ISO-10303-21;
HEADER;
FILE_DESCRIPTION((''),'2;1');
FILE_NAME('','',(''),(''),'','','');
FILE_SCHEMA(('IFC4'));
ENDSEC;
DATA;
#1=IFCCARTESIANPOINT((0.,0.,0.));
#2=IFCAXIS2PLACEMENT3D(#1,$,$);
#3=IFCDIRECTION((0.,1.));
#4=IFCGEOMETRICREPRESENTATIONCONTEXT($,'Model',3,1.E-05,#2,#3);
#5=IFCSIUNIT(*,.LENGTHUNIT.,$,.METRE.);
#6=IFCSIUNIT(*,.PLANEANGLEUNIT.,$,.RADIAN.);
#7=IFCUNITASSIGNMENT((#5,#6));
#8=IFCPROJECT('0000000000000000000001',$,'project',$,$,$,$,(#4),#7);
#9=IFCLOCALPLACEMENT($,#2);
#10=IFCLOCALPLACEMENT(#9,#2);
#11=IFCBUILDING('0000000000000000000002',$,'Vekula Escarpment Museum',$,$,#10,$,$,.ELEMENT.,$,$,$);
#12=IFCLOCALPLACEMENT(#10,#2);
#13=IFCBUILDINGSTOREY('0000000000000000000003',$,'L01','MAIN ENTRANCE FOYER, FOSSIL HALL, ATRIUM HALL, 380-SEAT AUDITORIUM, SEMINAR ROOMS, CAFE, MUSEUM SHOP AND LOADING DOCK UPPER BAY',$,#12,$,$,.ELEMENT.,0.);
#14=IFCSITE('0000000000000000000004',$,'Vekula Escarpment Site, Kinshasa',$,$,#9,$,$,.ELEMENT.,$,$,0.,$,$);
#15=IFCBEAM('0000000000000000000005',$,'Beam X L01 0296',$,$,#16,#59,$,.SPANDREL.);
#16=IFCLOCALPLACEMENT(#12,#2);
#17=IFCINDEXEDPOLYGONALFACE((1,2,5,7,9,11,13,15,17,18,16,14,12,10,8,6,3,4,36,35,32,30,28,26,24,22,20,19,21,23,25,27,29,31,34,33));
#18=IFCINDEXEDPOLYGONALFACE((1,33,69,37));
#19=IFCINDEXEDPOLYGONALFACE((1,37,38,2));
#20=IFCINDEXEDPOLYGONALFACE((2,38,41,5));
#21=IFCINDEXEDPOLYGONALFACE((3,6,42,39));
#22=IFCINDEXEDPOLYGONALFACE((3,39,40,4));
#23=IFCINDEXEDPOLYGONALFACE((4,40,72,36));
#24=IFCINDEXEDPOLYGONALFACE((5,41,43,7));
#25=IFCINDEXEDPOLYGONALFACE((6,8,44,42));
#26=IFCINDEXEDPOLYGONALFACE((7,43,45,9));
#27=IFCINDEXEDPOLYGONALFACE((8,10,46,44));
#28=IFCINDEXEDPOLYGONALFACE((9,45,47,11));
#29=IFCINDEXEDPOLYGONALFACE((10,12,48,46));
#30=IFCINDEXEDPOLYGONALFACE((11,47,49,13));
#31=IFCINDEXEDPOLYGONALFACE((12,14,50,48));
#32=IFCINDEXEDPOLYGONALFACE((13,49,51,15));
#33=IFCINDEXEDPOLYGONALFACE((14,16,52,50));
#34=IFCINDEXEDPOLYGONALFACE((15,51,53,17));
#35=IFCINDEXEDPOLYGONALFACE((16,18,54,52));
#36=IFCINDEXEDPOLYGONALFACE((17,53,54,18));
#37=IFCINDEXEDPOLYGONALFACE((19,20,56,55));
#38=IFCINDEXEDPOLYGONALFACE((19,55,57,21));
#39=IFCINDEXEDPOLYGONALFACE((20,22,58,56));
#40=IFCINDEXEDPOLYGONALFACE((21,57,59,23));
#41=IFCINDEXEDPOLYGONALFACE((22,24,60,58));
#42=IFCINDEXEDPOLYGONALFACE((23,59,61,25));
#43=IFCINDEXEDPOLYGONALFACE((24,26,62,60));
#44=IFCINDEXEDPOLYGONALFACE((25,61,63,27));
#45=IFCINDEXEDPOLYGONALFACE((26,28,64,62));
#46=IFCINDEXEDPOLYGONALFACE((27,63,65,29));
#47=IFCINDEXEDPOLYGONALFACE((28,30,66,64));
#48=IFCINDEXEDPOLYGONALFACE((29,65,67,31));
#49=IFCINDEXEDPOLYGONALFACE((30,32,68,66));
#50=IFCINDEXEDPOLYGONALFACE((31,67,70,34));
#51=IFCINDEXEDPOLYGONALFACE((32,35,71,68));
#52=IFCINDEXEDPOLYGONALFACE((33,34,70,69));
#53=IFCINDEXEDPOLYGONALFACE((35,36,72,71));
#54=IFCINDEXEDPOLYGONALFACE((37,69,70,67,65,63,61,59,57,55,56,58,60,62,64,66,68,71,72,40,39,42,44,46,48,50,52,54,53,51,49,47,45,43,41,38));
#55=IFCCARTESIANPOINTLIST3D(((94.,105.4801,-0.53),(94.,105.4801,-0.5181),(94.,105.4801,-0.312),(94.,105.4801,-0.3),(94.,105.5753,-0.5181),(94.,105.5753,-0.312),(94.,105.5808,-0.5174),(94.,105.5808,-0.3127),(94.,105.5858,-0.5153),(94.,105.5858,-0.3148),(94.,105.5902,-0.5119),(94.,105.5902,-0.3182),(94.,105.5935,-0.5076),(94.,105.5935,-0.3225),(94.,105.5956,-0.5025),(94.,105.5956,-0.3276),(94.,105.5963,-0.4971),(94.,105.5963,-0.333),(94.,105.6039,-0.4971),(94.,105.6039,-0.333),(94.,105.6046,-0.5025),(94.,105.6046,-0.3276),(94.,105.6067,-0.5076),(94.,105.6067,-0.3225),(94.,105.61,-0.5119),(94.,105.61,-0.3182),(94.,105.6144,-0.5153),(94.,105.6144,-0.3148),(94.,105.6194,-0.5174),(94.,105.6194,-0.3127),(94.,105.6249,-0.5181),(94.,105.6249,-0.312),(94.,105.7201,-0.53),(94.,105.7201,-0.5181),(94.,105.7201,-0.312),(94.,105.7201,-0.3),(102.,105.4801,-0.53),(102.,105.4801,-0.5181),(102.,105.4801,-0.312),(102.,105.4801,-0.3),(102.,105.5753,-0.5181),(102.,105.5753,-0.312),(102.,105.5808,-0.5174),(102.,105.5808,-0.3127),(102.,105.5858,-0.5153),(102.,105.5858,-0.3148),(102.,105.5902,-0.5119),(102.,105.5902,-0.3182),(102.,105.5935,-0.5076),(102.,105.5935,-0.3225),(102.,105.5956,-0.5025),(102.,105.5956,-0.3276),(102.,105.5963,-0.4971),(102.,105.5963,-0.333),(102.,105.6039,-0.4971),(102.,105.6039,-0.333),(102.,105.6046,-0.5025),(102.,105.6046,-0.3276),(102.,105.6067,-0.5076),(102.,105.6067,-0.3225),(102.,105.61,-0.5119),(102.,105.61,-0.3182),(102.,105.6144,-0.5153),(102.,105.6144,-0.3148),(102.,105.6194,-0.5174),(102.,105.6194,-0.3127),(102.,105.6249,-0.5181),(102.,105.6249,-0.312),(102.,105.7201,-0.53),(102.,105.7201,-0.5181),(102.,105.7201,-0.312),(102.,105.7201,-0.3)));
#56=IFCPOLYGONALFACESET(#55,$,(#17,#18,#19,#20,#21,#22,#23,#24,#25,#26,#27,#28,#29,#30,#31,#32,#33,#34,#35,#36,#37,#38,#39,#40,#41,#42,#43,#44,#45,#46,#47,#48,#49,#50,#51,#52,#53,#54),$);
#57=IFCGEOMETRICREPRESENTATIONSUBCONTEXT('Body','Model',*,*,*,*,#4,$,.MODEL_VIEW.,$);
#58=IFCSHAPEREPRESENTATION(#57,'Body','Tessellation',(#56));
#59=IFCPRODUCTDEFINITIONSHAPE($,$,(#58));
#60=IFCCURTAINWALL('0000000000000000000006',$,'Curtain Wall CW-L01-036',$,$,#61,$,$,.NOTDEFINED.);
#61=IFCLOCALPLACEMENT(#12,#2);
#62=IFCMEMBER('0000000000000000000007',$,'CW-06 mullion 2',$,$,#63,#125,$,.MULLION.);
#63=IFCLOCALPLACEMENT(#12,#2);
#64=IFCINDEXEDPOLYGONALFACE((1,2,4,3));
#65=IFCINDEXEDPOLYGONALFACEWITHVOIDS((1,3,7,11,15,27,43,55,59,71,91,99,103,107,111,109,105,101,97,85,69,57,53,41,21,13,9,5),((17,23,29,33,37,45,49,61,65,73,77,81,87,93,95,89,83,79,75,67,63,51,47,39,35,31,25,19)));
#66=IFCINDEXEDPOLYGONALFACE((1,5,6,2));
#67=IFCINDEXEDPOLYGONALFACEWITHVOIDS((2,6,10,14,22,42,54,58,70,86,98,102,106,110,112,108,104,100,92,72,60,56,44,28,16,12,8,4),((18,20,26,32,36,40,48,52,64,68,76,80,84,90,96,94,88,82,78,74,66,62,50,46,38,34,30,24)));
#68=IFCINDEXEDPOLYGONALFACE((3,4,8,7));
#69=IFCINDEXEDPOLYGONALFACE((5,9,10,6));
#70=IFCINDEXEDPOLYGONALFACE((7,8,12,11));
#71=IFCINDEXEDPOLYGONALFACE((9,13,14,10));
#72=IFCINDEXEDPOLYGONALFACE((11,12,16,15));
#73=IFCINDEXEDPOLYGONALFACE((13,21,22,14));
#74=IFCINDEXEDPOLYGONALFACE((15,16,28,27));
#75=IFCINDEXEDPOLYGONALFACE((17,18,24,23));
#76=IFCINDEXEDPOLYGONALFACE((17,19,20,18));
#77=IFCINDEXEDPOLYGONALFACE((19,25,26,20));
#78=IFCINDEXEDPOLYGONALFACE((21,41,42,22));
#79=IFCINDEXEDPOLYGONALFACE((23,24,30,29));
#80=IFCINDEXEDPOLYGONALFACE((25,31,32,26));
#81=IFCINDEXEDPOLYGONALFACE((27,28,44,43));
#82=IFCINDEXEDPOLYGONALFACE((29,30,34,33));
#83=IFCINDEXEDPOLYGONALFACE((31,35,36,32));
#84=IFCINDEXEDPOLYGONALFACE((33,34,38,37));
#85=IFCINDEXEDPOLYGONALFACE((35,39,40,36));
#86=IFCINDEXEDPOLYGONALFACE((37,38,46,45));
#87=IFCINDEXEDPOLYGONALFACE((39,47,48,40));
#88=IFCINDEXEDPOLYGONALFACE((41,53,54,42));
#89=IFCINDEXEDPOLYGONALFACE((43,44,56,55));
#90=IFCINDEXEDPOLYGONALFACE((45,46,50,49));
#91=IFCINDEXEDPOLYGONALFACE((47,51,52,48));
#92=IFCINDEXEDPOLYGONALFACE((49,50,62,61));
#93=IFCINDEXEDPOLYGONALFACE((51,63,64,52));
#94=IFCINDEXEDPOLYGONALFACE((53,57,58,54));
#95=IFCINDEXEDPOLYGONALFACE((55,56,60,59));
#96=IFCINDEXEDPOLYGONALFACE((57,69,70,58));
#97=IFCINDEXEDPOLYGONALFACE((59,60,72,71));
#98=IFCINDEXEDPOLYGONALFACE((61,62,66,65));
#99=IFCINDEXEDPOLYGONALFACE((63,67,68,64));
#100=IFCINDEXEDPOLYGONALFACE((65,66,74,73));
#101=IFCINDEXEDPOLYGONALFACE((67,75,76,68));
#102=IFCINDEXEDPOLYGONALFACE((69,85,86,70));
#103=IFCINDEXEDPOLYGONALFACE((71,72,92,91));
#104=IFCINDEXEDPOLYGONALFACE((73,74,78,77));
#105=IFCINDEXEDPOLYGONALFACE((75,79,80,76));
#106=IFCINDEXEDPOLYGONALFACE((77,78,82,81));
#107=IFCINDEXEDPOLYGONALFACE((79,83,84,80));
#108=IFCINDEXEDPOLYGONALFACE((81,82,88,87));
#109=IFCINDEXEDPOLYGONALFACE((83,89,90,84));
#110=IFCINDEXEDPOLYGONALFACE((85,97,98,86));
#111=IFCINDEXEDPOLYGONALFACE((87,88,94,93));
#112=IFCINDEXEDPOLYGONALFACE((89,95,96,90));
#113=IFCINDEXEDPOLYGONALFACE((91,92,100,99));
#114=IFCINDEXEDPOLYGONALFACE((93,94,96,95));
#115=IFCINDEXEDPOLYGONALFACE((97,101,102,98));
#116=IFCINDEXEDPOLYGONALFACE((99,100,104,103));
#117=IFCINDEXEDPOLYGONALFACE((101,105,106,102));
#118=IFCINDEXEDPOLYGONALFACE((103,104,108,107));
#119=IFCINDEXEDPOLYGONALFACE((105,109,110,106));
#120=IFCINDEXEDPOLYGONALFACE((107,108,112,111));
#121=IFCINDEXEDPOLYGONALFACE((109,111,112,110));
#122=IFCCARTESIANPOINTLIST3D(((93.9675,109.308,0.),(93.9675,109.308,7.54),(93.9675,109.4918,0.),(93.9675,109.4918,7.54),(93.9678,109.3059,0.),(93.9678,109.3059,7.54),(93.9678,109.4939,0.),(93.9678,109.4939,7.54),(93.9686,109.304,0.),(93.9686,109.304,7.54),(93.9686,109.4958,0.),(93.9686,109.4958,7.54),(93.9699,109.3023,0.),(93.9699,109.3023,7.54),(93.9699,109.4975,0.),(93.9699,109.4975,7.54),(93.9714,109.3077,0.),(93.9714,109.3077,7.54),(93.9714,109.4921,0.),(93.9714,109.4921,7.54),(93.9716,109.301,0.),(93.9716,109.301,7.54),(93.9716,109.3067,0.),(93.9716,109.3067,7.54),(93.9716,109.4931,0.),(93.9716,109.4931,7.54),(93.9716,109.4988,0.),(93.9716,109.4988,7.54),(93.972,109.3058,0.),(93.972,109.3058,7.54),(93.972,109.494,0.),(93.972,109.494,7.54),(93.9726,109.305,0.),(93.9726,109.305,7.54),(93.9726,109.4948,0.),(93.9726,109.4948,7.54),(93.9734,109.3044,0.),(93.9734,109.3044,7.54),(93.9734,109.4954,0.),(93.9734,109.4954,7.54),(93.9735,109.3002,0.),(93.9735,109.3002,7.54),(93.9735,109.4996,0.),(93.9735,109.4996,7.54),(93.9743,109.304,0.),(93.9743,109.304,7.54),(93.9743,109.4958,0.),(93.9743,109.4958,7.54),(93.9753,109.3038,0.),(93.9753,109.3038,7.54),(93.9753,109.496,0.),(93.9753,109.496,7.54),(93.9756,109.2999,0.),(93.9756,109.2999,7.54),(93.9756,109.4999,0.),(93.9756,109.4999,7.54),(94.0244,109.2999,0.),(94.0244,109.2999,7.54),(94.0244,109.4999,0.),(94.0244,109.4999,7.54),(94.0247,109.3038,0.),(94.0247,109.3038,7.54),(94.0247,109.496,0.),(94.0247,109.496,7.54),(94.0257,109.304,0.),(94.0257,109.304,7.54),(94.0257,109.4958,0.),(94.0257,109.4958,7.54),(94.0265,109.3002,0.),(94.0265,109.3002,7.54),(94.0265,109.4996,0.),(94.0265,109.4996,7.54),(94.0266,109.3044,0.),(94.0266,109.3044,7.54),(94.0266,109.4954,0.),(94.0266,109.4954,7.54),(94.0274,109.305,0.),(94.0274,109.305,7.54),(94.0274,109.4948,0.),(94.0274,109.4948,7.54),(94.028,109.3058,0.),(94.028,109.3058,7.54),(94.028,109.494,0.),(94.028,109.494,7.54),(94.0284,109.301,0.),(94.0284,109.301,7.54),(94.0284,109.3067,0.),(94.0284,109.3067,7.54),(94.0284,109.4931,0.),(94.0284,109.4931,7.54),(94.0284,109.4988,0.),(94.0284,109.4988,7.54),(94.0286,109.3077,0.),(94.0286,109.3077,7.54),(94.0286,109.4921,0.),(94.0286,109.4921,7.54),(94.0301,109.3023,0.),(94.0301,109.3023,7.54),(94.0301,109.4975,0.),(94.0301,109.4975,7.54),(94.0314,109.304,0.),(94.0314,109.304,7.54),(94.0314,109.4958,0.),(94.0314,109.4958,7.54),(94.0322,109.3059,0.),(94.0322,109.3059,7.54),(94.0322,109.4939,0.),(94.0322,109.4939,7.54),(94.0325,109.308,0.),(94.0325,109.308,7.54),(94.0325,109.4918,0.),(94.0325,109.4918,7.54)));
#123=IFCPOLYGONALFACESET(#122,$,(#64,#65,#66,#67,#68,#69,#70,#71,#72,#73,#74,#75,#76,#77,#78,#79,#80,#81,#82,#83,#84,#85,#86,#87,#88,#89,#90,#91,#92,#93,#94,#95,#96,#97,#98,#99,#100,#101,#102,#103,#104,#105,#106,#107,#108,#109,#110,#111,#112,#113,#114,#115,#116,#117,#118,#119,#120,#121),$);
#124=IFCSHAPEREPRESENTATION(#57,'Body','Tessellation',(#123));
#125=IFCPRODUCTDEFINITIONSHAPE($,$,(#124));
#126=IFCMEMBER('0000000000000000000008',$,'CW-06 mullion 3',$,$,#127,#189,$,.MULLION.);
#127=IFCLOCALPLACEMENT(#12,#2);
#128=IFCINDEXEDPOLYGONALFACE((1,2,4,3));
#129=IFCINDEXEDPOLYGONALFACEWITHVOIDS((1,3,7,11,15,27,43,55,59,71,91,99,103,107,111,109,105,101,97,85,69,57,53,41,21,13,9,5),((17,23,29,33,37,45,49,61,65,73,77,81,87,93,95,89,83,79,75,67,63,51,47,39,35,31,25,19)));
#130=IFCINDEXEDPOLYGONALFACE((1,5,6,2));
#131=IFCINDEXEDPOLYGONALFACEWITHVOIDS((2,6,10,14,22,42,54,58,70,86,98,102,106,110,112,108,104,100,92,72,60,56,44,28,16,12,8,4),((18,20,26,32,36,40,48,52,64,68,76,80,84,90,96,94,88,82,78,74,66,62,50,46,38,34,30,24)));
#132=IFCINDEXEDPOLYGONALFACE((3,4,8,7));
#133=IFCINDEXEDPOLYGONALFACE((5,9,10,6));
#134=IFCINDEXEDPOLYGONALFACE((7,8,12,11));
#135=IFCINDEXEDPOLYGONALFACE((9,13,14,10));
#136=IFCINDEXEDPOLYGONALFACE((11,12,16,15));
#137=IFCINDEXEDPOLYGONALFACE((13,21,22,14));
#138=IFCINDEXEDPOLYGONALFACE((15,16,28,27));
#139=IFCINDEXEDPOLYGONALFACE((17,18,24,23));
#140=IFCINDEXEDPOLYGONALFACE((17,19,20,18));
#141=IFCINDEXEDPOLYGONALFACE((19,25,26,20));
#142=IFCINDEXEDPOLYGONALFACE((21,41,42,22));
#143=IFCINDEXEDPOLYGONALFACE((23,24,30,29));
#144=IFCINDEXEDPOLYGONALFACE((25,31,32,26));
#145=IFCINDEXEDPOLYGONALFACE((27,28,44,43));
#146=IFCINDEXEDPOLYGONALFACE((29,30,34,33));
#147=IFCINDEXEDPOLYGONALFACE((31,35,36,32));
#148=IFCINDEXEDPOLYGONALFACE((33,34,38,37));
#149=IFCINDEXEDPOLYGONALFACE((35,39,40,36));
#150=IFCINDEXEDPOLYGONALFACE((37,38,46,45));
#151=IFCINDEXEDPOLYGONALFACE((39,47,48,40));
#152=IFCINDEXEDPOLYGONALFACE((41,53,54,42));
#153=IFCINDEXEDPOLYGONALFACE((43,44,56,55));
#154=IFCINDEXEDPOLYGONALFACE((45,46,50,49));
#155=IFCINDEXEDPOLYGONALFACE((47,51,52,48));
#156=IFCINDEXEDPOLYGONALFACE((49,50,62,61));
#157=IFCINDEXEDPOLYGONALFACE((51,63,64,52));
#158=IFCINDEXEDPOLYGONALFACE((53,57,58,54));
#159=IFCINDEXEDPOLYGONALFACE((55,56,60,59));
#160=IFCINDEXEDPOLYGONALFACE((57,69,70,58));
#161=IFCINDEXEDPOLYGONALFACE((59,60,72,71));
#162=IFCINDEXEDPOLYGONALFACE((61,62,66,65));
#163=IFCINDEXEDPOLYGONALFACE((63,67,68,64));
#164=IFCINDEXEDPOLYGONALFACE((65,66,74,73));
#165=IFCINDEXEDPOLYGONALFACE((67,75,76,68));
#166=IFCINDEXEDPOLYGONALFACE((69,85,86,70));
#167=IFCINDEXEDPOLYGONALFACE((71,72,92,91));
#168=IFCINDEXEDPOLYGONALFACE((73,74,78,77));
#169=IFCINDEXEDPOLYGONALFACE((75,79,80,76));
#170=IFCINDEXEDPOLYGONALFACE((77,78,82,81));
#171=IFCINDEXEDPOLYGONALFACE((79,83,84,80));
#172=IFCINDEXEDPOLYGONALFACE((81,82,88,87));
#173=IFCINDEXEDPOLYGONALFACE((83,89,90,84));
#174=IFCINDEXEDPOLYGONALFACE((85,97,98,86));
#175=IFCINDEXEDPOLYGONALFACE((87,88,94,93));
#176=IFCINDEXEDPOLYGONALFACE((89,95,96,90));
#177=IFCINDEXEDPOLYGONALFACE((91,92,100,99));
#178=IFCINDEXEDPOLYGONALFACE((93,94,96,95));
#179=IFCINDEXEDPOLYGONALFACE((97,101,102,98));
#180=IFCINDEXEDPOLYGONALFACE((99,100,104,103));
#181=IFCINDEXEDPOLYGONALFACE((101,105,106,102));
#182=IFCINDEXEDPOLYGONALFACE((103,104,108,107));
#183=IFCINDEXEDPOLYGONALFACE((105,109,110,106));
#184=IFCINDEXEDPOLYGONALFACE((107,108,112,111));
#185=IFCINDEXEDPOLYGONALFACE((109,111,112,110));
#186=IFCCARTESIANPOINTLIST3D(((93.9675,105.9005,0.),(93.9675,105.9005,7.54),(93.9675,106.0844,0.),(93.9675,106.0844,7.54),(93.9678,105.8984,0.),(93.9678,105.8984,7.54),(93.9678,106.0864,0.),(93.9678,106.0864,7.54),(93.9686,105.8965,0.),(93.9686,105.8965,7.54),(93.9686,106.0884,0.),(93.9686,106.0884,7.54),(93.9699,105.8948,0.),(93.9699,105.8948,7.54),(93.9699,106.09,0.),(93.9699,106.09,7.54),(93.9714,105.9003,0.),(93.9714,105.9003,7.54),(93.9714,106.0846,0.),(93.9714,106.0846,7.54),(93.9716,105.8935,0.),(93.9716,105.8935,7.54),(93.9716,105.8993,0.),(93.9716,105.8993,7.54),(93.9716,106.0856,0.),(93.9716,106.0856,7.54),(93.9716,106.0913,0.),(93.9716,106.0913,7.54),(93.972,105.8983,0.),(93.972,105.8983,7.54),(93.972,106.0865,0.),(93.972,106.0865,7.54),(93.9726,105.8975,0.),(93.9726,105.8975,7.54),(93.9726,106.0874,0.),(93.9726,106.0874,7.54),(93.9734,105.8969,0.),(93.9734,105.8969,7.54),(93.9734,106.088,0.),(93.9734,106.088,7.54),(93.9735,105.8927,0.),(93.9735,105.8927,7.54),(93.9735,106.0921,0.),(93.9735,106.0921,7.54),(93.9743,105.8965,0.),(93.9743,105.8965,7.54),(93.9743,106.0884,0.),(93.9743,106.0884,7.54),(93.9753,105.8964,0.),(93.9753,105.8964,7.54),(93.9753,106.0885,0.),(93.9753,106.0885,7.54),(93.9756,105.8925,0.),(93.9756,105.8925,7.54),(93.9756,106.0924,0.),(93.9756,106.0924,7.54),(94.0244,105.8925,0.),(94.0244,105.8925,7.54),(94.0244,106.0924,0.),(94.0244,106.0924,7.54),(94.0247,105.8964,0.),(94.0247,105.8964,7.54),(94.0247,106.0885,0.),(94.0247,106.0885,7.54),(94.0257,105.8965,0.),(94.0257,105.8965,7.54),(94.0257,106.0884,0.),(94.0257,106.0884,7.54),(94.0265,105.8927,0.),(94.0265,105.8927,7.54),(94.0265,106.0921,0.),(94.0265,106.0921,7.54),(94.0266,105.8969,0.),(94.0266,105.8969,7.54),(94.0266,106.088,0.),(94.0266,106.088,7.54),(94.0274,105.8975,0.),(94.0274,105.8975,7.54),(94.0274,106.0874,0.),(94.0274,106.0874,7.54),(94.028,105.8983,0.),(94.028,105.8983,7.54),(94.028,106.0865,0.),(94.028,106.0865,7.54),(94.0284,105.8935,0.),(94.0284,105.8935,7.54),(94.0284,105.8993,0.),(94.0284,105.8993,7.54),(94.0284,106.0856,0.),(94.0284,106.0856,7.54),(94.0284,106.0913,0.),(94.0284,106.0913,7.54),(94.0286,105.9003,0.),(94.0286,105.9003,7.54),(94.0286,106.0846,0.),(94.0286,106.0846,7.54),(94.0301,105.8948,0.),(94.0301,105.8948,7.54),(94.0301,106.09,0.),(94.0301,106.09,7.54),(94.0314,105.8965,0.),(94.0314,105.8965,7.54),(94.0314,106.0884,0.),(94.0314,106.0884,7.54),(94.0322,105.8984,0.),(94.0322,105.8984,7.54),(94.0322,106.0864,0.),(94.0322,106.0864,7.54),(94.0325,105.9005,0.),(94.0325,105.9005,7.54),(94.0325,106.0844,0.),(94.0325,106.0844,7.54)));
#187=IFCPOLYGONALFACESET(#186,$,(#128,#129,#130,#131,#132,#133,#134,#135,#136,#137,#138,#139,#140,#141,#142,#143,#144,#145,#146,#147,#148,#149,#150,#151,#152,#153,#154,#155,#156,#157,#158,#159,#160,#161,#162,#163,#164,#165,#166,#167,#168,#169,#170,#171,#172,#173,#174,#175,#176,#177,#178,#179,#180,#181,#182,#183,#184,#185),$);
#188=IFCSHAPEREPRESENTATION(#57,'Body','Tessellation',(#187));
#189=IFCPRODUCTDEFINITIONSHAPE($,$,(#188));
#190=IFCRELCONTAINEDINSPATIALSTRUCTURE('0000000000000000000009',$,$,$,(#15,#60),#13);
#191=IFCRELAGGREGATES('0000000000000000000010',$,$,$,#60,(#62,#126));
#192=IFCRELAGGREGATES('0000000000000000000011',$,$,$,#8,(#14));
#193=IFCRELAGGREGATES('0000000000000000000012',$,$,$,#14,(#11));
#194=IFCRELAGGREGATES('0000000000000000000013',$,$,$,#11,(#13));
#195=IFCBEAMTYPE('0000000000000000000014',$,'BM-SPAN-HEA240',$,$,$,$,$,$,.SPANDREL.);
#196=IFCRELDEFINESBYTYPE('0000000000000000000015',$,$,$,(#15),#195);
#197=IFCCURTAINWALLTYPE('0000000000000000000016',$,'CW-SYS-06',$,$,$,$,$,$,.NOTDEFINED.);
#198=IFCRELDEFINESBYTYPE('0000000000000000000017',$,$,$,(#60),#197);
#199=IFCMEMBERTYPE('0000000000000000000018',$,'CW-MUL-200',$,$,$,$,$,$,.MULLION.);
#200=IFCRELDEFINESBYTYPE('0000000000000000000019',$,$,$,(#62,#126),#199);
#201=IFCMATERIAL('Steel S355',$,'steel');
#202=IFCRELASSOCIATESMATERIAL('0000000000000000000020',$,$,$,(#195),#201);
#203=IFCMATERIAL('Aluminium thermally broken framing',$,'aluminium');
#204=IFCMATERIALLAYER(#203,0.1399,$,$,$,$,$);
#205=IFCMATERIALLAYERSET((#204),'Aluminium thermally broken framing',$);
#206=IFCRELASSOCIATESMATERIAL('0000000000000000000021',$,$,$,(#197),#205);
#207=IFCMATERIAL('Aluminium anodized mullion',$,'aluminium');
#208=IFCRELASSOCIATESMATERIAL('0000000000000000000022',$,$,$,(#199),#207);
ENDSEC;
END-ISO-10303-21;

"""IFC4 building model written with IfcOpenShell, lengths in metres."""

from ifc_helpers import new_model, si_unit, direction, frame, origin, origin_2d, place, context, subcontext, project, spatial, hollow_rectangle, i_section, extrude, material, layer, layer_set, material_profile, profile_set, type_object, element, aggregate, save


model = new_model("IFC4")

# Units and contexts
model_context = context("Model", 3, precision=1e-05, world=origin(), true_north=direction((0.0, 1.0)))
body_context = subcontext(model_context, "Body", "Model", "MODEL_VIEW")
ifc_project = project(units=[si_unit("LENGTHUNIT", "METRE"), si_unit("PLANEANGLEUNIT", "RADIAN")], contexts=[model_context])

# Site, building, storey
site_placement = place(None, origin())
site = spatial("IfcSite", under=ifc_project, at=site_placement, Name="Vekula Escarpment Site, Kinshasa", CompositionType="ELEMENT", RefElevation=0.0)
building_placement = place(site_placement, origin())
building = spatial("IfcBuilding", under=site, at=building_placement, Name="Vekula Escarpment Museum", CompositionType="ELEMENT")
storey_placement = place(building_placement, origin())
storey = spatial("IfcBuildingStorey", under=building, at=storey_placement, Name="L01", Description="MAIN ENTRANCE FOYER, FOSSIL HALL, ATRIUM HALL, 380-SEAT AUDITORIUM, SEMINAR ROOMS, CAFE, MUSEUM SHOP AND LOADING DOCK UPPER BAY", CompositionType="ELEMENT", Elevation=0.0)

# Beam
ifc_material_1 = material(Name="Steel S355", Category="steel")
ifc_material_profile_1 = material_profile(ifc_material_1, i_section(OverallWidth=0.24, OverallDepth=0.23, WebThickness=0.0076, FlangeThickness=0.012, FilletRadius=0.021, at=origin_2d()), Name="HEA 240")
ifc_profile_set_1 = profile_set([ifc_material_profile_1], Name="Steel S355")
beam_type_1 = type_object("IfcBeamType", Name="BM-SPAN-HEA240", PredefinedType="SPANDREL", material=ifc_profile_set_1)
beam_1_placement = place(storey_placement, frame((94.0, 105.6001, -0.415), z_axis=(1.0, 0.0, 0.0), x_axis=(0.0, 1.0, 0.0)))
element("IfcBeam", 1, at=beam_1_placement, inside=storey, type_object=beam_type_1, Name="Beam X L01 0296", PredefinedType="SPANDREL", context=body_context, shape_type="SweptSolid", body=[
    extrude(i_section(OverallWidth=0.24, OverallDepth=0.23, WebThickness=0.0076, FlangeThickness=0.012, FilletRadius=0.021, at=origin_2d()), origin(), (0.0, 0.0, 1.0), 8.0),
])

# Curtain wall, members
ifc_material_2 = material(Name="Aluminium thermally broken framing", Category="aluminium")
ifc_layer_1 = layer(ifc_material_2, 0.1399)
ifc_layer_set_1 = layer_set([ifc_layer_1], Name="Aluminium thermally broken framing")
curtain_wall_type_1 = type_object("IfcCurtainWallType", Name="CW-SYS-06", PredefinedType="NOTDEFINED", material=ifc_layer_set_1)
curtain_wall_1_placement = place(storey_placement, origin())
curtain_wall_1 = element("IfcCurtainWall", 2, at=curtain_wall_1_placement, inside=storey, type_object=curtain_wall_type_1, Name="Curtain Wall CW-L01-036", PredefinedType="NOTDEFINED")
ifc_material_3 = material(Name="Aluminium anodized mullion", Category="aluminium")
ifc_material_profile_2 = material_profile(ifc_material_3, hollow_rectangle(XDim=0.0649, YDim=0.2, WallThickness=0.0039, InnerFilletRadius=0.0039, OuterFilletRadius=0.0081, at=origin_2d()), Name="ALU 200x65x4")
ifc_profile_set_2 = profile_set([ifc_material_profile_2], Name="Aluminium anodized mullion")
member_type_1 = type_object("IfcMemberType", Name="CW-MUL-200", PredefinedType="MULLION", material=ifc_profile_set_2)
member_1_placement = place(storey_placement, frame((94.0, 109.3999, 0.0), z_axis=(0.0, 0.0, 1.0), x_axis=(1.0, 0.0, 0.0)))
member_1 = element("IfcMember", 3, at=member_1_placement, type_object=member_type_1, Name="CW-06 mullion 2", PredefinedType="MULLION", context=body_context, shape_type="SweptSolid", body=[
    extrude(hollow_rectangle(XDim=0.0649, YDim=0.2, WallThickness=0.0039, InnerFilletRadius=0.0039, OuterFilletRadius=0.0081, at=origin_2d()), origin(), (0.0, 0.0, 1.0), 7.54),
])
member_2_placement = place(storey_placement, frame((94.0, 105.9924, 0.0), z_axis=(0.0, 0.0, 1.0), x_axis=(1.0, 0.0, 0.0)))
member_2 = element("IfcMember", 4, at=member_2_placement, type_object=member_type_1, Name="CW-06 mullion 3", PredefinedType="MULLION", context=body_context, shape_type="SweptSolid", body=[
    extrude(hollow_rectangle(XDim=0.0649, YDim=0.2, WallThickness=0.0039, InnerFilletRadius=0.0039, OuterFilletRadius=0.0081, at=origin_2d()), origin(), (0.0, 0.0, 1.0), 7.54),
])

aggregate(curtain_wall_1, [member_1, member_2])

save(model, "model.ifc")
